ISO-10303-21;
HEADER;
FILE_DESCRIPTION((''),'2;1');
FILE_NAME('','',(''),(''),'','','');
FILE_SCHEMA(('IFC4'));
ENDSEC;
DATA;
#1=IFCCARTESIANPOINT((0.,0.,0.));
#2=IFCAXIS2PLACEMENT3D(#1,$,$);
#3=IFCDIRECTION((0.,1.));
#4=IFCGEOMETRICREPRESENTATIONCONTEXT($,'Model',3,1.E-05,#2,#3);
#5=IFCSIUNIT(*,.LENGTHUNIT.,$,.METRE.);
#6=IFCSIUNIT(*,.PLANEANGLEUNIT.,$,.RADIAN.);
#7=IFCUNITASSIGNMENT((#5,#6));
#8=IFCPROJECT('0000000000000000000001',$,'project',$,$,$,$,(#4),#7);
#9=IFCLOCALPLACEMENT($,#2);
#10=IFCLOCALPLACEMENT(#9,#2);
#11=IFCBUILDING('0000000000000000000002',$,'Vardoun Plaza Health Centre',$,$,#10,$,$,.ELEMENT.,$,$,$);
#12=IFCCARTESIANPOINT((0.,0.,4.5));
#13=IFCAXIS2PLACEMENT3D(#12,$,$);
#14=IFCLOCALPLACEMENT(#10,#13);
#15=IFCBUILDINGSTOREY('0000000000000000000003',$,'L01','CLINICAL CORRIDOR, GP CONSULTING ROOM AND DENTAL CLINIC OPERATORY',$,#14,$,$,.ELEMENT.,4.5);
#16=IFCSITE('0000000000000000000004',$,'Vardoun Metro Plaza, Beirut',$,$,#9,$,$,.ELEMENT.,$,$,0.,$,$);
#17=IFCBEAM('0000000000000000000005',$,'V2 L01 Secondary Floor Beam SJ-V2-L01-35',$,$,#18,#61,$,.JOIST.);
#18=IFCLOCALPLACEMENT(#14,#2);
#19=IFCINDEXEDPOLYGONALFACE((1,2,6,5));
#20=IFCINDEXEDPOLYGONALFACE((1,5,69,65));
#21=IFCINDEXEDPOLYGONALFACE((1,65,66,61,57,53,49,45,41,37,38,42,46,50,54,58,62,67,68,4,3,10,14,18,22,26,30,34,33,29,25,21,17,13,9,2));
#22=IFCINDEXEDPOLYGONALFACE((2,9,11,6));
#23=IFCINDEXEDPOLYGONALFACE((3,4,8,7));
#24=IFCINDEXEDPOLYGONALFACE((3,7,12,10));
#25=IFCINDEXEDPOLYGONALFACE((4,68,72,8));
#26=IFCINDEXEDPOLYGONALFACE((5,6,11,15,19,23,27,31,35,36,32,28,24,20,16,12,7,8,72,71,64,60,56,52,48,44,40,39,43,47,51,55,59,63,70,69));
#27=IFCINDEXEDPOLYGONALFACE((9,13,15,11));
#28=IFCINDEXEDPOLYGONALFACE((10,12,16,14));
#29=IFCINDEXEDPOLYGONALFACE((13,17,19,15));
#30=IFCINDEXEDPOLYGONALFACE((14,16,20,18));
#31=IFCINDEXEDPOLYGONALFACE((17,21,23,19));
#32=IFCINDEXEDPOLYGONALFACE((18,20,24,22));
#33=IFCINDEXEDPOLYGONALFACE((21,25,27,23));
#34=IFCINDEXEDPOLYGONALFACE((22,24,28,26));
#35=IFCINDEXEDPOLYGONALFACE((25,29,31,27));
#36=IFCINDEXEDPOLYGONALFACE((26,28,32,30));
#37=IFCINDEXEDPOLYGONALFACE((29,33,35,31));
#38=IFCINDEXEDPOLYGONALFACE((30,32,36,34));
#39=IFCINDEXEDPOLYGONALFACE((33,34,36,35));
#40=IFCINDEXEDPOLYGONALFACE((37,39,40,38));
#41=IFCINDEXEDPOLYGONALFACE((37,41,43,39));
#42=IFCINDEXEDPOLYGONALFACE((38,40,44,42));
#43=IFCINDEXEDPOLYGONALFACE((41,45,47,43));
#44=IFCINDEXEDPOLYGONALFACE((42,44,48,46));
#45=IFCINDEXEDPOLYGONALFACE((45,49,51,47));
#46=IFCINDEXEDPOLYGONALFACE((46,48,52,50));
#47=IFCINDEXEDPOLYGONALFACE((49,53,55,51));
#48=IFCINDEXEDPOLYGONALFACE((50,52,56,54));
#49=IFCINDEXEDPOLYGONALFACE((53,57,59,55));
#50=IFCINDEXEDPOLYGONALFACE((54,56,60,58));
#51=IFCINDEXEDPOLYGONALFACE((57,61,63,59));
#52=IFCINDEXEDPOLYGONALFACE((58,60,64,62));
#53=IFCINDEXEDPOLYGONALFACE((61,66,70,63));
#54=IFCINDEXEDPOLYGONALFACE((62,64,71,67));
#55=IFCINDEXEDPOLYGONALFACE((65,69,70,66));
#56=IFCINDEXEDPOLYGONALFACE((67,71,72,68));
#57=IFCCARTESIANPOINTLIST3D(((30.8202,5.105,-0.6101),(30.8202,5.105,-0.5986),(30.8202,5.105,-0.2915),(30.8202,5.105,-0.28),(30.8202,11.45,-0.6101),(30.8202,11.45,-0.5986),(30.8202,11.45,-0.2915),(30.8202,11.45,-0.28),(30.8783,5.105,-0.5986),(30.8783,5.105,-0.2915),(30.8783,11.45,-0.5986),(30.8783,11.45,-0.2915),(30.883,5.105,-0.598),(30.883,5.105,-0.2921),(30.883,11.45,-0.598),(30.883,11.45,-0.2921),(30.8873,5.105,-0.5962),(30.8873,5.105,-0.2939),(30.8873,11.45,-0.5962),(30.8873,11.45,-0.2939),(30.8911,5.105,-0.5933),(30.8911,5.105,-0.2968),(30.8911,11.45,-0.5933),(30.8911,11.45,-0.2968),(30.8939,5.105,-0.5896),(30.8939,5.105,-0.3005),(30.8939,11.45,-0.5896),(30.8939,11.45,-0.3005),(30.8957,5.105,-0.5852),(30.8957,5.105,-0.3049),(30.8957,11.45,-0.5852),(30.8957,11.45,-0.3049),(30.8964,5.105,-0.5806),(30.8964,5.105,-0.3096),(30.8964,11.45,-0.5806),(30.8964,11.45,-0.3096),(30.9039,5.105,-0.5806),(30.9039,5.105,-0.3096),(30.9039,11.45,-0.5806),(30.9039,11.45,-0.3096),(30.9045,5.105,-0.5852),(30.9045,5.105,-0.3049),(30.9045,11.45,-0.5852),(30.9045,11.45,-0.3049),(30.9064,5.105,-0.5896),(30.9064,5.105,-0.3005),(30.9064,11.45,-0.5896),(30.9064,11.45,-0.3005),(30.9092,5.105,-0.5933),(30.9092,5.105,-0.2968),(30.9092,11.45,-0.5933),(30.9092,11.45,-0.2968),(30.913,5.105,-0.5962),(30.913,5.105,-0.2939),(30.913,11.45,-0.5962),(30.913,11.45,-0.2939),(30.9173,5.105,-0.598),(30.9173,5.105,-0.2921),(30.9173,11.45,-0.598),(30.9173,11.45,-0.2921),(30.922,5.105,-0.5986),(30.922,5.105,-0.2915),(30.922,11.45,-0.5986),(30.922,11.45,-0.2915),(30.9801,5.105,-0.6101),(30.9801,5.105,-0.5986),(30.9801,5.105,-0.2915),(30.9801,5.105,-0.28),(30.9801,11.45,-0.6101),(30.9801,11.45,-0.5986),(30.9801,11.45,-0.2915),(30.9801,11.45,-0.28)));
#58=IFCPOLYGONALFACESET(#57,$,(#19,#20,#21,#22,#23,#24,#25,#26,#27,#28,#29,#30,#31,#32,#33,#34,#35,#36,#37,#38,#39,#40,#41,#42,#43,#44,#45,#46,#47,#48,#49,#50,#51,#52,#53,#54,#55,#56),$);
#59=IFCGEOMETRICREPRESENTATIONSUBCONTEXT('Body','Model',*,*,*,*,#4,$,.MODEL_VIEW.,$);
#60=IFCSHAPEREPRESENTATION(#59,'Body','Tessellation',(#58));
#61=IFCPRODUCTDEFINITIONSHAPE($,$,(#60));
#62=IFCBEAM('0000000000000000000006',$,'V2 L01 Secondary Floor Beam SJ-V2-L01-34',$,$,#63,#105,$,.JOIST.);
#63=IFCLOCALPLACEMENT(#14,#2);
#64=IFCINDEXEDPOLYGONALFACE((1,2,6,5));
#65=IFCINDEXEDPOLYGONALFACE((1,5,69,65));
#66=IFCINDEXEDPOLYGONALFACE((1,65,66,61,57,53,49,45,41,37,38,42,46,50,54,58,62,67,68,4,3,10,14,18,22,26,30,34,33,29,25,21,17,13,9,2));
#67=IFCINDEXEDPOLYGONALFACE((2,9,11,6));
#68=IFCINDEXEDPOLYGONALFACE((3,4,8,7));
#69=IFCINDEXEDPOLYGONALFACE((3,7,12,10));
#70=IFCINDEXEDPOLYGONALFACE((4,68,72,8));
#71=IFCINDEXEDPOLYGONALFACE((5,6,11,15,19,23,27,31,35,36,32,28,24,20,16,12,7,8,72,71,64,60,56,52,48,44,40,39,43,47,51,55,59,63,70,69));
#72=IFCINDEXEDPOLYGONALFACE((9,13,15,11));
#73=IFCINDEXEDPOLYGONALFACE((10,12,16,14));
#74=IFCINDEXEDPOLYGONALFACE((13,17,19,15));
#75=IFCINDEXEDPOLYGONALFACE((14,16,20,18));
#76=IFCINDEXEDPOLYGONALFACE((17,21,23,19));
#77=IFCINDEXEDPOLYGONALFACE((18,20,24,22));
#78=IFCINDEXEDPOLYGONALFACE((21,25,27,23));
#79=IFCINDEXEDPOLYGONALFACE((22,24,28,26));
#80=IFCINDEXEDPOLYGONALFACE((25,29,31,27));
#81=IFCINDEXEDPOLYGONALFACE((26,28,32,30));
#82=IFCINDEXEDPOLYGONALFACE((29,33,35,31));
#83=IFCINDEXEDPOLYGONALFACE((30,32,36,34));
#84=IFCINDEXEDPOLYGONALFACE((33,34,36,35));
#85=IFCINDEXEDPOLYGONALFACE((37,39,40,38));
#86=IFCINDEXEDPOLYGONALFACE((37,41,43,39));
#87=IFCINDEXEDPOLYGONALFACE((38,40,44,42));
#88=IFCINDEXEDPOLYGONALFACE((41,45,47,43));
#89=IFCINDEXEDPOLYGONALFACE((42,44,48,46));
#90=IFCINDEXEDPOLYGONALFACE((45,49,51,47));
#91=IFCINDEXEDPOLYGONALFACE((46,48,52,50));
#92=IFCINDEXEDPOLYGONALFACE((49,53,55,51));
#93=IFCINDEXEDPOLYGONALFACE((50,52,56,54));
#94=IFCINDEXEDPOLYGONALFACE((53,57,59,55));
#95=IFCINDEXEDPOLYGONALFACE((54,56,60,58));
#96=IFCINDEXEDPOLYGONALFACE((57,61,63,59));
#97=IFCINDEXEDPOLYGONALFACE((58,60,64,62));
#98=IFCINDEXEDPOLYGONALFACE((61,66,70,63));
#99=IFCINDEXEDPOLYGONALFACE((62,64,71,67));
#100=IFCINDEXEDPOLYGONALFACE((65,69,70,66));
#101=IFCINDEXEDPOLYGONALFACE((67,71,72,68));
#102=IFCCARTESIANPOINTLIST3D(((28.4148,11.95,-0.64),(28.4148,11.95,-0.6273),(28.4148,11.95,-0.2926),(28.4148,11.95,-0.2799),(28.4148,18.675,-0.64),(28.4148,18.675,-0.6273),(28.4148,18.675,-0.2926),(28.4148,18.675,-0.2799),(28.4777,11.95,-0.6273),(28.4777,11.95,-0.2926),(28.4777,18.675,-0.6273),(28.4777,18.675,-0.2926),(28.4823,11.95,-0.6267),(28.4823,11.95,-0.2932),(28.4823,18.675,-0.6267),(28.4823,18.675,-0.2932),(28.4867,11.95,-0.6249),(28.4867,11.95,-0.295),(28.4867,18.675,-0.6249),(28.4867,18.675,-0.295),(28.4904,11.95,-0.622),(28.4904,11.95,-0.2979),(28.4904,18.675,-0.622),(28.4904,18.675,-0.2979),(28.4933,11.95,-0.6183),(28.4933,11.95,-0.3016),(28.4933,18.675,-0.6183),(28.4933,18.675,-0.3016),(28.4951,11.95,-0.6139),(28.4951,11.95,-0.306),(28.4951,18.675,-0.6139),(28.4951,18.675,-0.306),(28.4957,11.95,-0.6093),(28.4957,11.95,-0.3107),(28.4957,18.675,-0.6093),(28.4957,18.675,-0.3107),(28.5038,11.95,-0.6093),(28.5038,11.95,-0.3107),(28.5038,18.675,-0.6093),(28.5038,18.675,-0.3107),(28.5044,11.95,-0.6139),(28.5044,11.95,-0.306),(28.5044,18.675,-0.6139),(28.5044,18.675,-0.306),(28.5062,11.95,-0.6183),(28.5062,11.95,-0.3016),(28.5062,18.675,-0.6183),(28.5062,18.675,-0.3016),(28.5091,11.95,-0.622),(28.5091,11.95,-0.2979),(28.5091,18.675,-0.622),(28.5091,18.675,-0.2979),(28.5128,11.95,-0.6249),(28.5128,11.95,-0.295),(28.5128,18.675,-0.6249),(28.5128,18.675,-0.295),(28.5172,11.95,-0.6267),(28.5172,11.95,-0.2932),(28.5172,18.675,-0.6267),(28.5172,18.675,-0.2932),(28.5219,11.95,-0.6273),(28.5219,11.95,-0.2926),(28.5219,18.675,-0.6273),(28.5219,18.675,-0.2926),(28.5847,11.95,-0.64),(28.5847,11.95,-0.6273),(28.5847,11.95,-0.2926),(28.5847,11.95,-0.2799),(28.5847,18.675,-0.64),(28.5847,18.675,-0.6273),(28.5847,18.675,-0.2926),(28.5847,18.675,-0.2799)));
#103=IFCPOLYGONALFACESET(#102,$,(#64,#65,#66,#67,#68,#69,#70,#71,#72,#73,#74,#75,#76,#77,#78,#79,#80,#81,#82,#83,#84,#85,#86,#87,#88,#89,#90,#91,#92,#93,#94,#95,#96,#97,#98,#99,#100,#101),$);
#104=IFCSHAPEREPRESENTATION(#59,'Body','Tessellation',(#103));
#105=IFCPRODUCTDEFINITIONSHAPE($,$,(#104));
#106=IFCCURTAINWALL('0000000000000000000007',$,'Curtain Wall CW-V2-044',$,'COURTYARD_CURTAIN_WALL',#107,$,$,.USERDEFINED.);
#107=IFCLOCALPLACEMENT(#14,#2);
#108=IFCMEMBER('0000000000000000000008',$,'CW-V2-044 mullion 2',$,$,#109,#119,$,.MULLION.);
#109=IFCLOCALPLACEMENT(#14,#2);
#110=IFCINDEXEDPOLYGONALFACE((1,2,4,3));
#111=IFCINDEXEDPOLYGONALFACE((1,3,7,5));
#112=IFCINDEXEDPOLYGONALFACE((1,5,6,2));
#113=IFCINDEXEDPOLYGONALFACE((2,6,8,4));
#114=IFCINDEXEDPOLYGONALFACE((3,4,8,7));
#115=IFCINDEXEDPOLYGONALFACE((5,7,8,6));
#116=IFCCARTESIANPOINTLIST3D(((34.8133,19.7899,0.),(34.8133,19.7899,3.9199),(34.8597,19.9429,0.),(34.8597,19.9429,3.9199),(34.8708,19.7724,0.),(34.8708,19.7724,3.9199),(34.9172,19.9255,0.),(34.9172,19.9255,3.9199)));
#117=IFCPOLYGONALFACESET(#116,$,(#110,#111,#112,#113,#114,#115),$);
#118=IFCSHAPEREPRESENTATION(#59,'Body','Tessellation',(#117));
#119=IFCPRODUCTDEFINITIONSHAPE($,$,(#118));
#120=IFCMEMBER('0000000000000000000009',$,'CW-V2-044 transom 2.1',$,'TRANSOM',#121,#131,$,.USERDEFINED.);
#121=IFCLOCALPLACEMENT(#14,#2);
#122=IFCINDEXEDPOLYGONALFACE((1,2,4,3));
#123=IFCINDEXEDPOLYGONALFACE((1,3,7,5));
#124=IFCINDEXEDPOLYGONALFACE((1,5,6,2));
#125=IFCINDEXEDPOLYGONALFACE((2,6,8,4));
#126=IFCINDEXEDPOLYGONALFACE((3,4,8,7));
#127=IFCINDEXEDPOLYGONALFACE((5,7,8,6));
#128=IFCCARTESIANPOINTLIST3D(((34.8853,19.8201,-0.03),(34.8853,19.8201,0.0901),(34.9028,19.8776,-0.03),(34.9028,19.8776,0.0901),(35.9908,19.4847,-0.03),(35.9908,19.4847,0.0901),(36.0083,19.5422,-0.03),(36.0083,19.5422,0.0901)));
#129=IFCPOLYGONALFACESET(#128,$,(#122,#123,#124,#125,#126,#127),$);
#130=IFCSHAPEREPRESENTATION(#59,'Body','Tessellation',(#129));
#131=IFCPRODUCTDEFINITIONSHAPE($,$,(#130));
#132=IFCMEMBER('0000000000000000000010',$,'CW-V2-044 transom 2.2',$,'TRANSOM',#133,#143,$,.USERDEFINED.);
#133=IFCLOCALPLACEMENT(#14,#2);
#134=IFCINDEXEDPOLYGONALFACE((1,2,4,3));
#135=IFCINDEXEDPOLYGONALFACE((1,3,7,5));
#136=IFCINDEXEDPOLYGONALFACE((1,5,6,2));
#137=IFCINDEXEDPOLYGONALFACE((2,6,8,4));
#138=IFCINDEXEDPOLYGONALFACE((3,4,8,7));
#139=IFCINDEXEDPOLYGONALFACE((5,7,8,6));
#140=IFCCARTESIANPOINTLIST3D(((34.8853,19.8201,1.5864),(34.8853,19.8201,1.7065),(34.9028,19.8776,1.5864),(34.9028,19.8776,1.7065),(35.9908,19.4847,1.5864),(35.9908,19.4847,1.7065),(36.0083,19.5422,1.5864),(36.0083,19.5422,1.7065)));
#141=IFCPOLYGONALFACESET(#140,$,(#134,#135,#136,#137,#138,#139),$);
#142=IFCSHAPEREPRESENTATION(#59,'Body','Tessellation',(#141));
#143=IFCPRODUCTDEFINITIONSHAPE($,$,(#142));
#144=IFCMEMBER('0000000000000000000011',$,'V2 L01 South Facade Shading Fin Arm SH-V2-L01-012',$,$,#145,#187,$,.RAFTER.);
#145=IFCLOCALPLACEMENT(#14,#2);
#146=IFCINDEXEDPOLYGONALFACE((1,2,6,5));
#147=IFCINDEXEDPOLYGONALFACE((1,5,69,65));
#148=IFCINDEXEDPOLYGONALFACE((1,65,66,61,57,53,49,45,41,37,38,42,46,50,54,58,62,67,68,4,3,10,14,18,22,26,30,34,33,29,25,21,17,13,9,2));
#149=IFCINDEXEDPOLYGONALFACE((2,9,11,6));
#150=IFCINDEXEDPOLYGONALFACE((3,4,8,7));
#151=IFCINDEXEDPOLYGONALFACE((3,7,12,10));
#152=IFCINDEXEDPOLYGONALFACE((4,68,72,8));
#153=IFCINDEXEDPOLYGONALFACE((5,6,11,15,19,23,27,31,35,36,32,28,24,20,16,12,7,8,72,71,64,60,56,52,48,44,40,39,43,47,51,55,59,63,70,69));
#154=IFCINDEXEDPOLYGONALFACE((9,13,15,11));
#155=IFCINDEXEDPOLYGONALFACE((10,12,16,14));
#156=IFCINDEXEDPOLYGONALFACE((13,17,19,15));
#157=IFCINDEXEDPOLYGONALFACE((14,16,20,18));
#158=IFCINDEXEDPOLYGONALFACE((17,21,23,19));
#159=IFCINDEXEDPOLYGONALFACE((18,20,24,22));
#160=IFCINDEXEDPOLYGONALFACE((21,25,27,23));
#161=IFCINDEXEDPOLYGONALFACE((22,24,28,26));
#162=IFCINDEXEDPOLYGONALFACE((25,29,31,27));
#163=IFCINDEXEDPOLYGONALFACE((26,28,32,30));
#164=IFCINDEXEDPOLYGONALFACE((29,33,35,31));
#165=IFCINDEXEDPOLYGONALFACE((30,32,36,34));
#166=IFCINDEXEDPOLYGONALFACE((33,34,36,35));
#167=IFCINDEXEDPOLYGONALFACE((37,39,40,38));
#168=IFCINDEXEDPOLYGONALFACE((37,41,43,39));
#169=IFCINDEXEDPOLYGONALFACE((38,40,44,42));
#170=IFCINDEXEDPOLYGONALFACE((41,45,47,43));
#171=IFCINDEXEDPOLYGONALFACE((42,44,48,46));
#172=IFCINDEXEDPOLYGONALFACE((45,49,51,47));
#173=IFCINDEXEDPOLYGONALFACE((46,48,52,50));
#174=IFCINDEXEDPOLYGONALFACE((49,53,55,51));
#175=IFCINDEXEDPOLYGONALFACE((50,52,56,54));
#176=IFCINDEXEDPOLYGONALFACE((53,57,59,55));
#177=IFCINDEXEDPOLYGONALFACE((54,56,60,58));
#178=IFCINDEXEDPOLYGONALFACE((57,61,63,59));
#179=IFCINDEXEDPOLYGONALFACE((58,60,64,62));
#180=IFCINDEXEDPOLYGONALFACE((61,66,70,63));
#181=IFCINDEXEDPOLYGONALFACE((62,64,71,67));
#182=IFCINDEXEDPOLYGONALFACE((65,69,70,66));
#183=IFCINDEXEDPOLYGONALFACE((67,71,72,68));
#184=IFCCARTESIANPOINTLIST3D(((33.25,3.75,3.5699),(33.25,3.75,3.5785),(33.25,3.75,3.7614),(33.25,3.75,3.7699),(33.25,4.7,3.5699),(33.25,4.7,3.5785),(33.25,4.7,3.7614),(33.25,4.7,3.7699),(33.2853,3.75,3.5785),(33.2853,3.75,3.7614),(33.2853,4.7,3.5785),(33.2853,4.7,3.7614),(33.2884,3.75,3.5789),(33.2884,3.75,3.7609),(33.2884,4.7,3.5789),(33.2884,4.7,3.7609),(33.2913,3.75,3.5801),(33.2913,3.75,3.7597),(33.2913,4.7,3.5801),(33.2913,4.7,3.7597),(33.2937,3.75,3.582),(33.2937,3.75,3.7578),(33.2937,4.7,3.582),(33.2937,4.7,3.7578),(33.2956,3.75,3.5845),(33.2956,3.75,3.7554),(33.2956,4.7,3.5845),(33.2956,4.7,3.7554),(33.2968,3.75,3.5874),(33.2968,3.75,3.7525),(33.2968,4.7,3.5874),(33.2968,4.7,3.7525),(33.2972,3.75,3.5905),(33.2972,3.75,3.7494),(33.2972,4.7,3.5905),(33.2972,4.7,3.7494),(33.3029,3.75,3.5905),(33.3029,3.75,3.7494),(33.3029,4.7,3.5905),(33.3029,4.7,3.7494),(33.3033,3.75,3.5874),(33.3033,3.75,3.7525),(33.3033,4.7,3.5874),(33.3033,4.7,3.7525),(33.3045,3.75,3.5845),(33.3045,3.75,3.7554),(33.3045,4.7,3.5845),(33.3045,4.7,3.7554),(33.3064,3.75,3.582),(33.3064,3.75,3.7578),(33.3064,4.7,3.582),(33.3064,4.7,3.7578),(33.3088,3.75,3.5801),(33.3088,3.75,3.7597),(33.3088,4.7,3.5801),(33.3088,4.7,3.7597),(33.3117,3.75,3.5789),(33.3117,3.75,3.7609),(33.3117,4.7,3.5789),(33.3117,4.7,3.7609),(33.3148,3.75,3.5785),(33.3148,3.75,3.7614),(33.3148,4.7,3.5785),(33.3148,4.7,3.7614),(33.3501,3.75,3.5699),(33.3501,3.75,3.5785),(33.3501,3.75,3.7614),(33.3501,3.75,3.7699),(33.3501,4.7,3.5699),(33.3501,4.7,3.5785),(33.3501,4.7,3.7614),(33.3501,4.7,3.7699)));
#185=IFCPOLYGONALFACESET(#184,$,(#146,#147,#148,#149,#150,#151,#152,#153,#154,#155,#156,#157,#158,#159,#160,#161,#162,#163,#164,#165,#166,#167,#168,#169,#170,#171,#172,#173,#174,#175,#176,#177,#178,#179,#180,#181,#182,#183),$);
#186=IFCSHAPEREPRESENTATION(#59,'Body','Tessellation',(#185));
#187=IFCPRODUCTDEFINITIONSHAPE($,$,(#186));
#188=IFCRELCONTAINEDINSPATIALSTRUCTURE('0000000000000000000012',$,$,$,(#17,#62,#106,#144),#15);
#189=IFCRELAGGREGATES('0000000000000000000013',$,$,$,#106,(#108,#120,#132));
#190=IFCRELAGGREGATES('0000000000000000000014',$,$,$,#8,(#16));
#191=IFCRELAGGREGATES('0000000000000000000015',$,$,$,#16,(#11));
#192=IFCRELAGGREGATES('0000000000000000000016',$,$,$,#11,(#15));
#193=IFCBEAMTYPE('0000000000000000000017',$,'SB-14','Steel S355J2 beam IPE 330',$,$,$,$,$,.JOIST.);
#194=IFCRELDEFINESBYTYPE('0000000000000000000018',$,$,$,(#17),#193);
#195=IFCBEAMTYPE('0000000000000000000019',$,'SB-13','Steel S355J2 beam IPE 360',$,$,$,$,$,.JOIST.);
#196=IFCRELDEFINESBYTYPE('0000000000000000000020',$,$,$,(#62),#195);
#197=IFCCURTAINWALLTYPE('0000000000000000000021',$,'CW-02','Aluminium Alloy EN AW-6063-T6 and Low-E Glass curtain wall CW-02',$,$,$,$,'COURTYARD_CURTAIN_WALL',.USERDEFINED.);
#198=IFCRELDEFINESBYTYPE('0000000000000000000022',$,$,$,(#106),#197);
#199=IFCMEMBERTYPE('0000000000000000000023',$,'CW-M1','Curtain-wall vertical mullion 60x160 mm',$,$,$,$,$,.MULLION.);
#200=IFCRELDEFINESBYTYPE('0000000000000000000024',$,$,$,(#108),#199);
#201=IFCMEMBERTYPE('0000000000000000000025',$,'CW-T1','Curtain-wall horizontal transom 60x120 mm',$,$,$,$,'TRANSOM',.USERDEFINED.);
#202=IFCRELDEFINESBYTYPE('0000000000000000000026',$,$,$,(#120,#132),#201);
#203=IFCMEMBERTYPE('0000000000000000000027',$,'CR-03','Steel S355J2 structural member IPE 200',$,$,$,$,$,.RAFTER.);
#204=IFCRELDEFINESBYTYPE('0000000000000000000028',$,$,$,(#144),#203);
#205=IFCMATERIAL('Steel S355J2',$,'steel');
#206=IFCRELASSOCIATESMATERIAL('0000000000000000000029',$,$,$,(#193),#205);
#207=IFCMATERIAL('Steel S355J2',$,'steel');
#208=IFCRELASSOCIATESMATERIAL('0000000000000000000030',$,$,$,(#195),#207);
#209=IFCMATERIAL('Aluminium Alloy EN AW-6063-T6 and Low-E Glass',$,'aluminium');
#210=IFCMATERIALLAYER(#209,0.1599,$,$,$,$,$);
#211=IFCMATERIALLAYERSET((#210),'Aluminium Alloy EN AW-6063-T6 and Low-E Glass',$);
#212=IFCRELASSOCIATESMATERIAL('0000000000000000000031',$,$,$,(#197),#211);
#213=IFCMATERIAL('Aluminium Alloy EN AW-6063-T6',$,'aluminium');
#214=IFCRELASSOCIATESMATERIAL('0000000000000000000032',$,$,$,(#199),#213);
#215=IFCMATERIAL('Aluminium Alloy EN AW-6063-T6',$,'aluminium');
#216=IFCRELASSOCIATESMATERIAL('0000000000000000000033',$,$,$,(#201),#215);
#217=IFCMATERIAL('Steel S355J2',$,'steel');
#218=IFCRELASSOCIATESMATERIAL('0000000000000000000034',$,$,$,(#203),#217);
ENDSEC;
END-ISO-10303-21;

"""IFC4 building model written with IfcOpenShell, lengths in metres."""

from ifc_helpers import new_model, si_unit, direction, frame, origin, origin_2d, place, context, subcontext, project, spatial, rectangle, i_section, extrude, material, layer, layer_set, material_profile, profile_set, type_object, element, aggregate, save


model = new_model("IFC4")

# Units and contexts
model_context = context("Model", 3, precision=1e-05, world=origin(), true_north=direction((0.0, 1.0)))
body_context = subcontext(model_context, "Body", "Model", "MODEL_VIEW")
ifc_project = project(units=[si_unit("LENGTHUNIT", "METRE"), si_unit("PLANEANGLEUNIT", "RADIAN")], contexts=[model_context])

# Site, building, storey
site_placement = place(None, origin())
site = spatial("IfcSite", under=ifc_project, at=site_placement, Name="Vardoun Metro Plaza, Beirut", CompositionType="ELEMENT", RefElevation=0.0)
building_placement = place(site_placement, origin())
building = spatial("IfcBuilding", under=site, at=building_placement, Name="Vardoun Plaza Health Centre", CompositionType="ELEMENT")
storey_placement = place(building_placement, frame((0.0, 0.0, 4.5)))
storey = spatial("IfcBuildingStorey", under=building, at=storey_placement, Name="L01", Description="CLINICAL CORRIDOR, GP CONSULTING ROOM AND DENTAL CLINIC OPERATORY", CompositionType="ELEMENT", Elevation=4.5)

# Beams
ifc_material_1 = material(Name="Steel S355J2", Category="steel")
ifc_material_profile_1 = material_profile(ifc_material_1, i_section(OverallWidth=0.1599, OverallDepth=0.3301, WebThickness=0.0076, FlangeThickness=0.0115, FilletRadius=0.0181, at=origin_2d()), Name="IPE 330")
ifc_profile_set_1 = profile_set([ifc_material_profile_1], Name="Steel S355J2")
beam_type_1 = type_object("IfcBeamType", Name="SB-14", Description="Steel S355J2 beam IPE 330", PredefinedType="JOIST", material=ifc_profile_set_1)
beam_1_placement = place(storey_placement, frame((30.9001, 5.105, -0.4451), z_axis=(0.0, 1.0, 0.0), x_axis=(-1.0, 0.0, 0.0)))
element("IfcBeam", 1, at=beam_1_placement, inside=storey, type_object=beam_type_1, Name="V2 L01 Secondary Floor Beam SJ-V2-L01-35", PredefinedType="JOIST", context=body_context, shape_type="SweptSolid", body=[
    extrude(i_section(OverallWidth=0.1599, OverallDepth=0.3301, WebThickness=0.0076, FlangeThickness=0.0115, FilletRadius=0.0181, at=origin_2d()), origin(), (0.0, 0.0, 1.0), 6.345),
])
ifc_material_2 = material(Name="Steel S355J2", Category="steel")
ifc_material_profile_2 = material_profile(ifc_material_2, i_section(OverallWidth=0.1699, OverallDepth=0.3601, WebThickness=0.0081, FlangeThickness=0.0127, FilletRadius=0.0181, at=origin_2d()), Name="IPE 360")
ifc_profile_set_2 = profile_set([ifc_material_profile_2], Name="Steel S355J2")
beam_type_2 = type_object("IfcBeamType", Name="SB-13", Description="Steel S355J2 beam IPE 360", PredefinedType="JOIST", material=ifc_profile_set_2)
beam_2_placement = place(storey_placement, frame((28.4998, 11.95, -0.46), z_axis=(0.0, 1.0, 0.0), x_axis=(-1.0, 0.0, 0.0)))
element("IfcBeam", 2, at=beam_2_placement, inside=storey, type_object=beam_type_2, Name="V2 L01 Secondary Floor Beam SJ-V2-L01-34", PredefinedType="JOIST", context=body_context, shape_type="SweptSolid", body=[
    extrude(i_section(OverallWidth=0.1699, OverallDepth=0.3601, WebThickness=0.0081, FlangeThickness=0.0127, FilletRadius=0.0181, at=origin_2d()), origin(), (0.0, 0.0, 1.0), 6.7251),
])

# Curtain wall, members
ifc_material_3 = material(Name="Aluminium Alloy EN AW-6063-T6 and Low-E Glass", Category="aluminium")
ifc_layer_1 = layer(ifc_material_3, 0.1599)
ifc_layer_set_1 = layer_set([ifc_layer_1], Name="Aluminium Alloy EN AW-6063-T6 and Low-E Glass")
curtain_wall_type = type_object("IfcCurtainWallType", Name="CW-02", Description="Aluminium Alloy EN AW-6063-T6 and Low-E Glass curtain wall CW-02", ElementType="COURTYARD_CURTAIN_WALL", PredefinedType="USERDEFINED", material=ifc_layer_set_1)
curtain_wall_placement = place(storey_placement, origin())
curtain_wall = element("IfcCurtainWall", 3, at=curtain_wall_placement, inside=storey, type_object=curtain_wall_type, Name="Curtain Wall CW-V2-044", ObjectType="COURTYARD_CURTAIN_WALL", PredefinedType="USERDEFINED")
ifc_material_4 = material(Name="Aluminium Alloy EN AW-6063-T6", Category="aluminium")
ifc_material_profile_3 = material_profile(ifc_material_4, rectangle(XDim=0.1599, YDim=0.0601, at=origin_2d()), Name="CWM 60x160")
ifc_profile_set_3 = profile_set([ifc_material_profile_3], Name="Aluminium Alloy EN AW-6063-T6")
member_type_1 = type_object("IfcMemberType", Name="CW-M1", Description="Curtain-wall vertical mullion 60x160 mm", PredefinedType="MULLION", material=ifc_profile_set_3)
member_1_placement = place(storey_placement, frame((34.8652, 19.8577, 0.0), z_axis=(0.0, 0.0, 1.0), x_axis=(0.2903, 0.956936, 0.0)))
member_1 = element("IfcMember", 4, at=member_1_placement, type_object=member_type_1, Name="CW-V2-044 mullion 2", PredefinedType="MULLION", context=body_context, shape_type="SweptSolid", body=[
    extrude(rectangle(XDim=0.1599, YDim=0.0601, at=origin_2d()), origin(), (0.0, 0.0, 1.0), 3.9199),
])
ifc_material_5 = material(Name="Aluminium Alloy EN AW-6063-T6", Category="aluminium")
ifc_material_profile_4 = material_profile(ifc_material_5, rectangle(XDim=0.0601, YDim=0.1201, at=origin_2d()), Name="CWT 60x120")
ifc_profile_set_4 = profile_set([ifc_material_profile_4], Name="Aluminium Alloy EN AW-6063-T6")
member_type_2 = type_object("IfcMemberType", Name="CW-T1", Description="Curtain-wall horizontal transom 60x120 mm", ElementType="TRANSOM", PredefinedType="USERDEFINED", material=ifc_profile_set_4)
member_2_placement = place(storey_placement, frame((34.894, 19.8489, 0.03), z_axis=(0.956914, -0.290371, 0.0), x_axis=(0.290371, 0.956914, 0.0)))
member_2 = element("IfcMember", 5, at=member_2_placement, type_object=member_type_2, Name="CW-V2-044 transom 2.1", ObjectType="TRANSOM", PredefinedType="USERDEFINED", context=body_context, shape_type="SweptSolid", body=[
    extrude(rectangle(XDim=0.0601, YDim=0.1201, at=origin_2d()), origin(), (0.0, 0.0, 1.0), 1.1553),
])
member_3_placement = place(storey_placement, frame((34.894, 19.8489, 1.6465), z_axis=(0.956914, -0.290371, 0.0), x_axis=(0.290371, 0.956914, 0.0)))
member_3 = element("IfcMember", 6, at=member_3_placement, type_object=member_type_2, Name="CW-V2-044 transom 2.2", ObjectType="TRANSOM", PredefinedType="USERDEFINED", context=body_context, shape_type="SweptSolid", body=[
    extrude(rectangle(XDim=0.0601, YDim=0.1201, at=origin_2d()), origin(), (0.0, 0.0, 1.0), 1.1553),
])

# Member
ifc_material_6 = material(Name="Steel S355J2", Category="steel")
ifc_material_profile_5 = material_profile(ifc_material_6, i_section(OverallWidth=0.1001, OverallDepth=0.2, WebThickness=0.0056, FlangeThickness=0.0085, FilletRadius=0.012, at=origin_2d()), Name="IPE 200")
ifc_profile_set_5 = profile_set([ifc_material_profile_5], Name="Steel S355J2")
member_type_3 = type_object("IfcMemberType", Name="CR-03", Description="Steel S355J2 structural member IPE 200", PredefinedType="RAFTER", material=ifc_profile_set_5)
member_4_placement = place(storey_placement, frame((33.3, 4.7, 3.6699), z_axis=(0.0, -1.0, 0.0), x_axis=(1.0, 0.0, 0.0)))
element("IfcMember", 7, at=member_4_placement, inside=storey, type_object=member_type_3, Name="V2 L01 South Facade Shading Fin Arm SH-V2-L01-012", PredefinedType="RAFTER", context=body_context, shape_type="SweptSolid", body=[
    extrude(i_section(OverallWidth=0.1001, OverallDepth=0.2, WebThickness=0.0056, FlangeThickness=0.0085, FilletRadius=0.012, at=origin_2d()), origin(), (0.0, 0.0, 1.0), 0.95),
])

aggregate(curtain_wall, [member_1, member_2, member_3])

save(model, "model.ifc")
